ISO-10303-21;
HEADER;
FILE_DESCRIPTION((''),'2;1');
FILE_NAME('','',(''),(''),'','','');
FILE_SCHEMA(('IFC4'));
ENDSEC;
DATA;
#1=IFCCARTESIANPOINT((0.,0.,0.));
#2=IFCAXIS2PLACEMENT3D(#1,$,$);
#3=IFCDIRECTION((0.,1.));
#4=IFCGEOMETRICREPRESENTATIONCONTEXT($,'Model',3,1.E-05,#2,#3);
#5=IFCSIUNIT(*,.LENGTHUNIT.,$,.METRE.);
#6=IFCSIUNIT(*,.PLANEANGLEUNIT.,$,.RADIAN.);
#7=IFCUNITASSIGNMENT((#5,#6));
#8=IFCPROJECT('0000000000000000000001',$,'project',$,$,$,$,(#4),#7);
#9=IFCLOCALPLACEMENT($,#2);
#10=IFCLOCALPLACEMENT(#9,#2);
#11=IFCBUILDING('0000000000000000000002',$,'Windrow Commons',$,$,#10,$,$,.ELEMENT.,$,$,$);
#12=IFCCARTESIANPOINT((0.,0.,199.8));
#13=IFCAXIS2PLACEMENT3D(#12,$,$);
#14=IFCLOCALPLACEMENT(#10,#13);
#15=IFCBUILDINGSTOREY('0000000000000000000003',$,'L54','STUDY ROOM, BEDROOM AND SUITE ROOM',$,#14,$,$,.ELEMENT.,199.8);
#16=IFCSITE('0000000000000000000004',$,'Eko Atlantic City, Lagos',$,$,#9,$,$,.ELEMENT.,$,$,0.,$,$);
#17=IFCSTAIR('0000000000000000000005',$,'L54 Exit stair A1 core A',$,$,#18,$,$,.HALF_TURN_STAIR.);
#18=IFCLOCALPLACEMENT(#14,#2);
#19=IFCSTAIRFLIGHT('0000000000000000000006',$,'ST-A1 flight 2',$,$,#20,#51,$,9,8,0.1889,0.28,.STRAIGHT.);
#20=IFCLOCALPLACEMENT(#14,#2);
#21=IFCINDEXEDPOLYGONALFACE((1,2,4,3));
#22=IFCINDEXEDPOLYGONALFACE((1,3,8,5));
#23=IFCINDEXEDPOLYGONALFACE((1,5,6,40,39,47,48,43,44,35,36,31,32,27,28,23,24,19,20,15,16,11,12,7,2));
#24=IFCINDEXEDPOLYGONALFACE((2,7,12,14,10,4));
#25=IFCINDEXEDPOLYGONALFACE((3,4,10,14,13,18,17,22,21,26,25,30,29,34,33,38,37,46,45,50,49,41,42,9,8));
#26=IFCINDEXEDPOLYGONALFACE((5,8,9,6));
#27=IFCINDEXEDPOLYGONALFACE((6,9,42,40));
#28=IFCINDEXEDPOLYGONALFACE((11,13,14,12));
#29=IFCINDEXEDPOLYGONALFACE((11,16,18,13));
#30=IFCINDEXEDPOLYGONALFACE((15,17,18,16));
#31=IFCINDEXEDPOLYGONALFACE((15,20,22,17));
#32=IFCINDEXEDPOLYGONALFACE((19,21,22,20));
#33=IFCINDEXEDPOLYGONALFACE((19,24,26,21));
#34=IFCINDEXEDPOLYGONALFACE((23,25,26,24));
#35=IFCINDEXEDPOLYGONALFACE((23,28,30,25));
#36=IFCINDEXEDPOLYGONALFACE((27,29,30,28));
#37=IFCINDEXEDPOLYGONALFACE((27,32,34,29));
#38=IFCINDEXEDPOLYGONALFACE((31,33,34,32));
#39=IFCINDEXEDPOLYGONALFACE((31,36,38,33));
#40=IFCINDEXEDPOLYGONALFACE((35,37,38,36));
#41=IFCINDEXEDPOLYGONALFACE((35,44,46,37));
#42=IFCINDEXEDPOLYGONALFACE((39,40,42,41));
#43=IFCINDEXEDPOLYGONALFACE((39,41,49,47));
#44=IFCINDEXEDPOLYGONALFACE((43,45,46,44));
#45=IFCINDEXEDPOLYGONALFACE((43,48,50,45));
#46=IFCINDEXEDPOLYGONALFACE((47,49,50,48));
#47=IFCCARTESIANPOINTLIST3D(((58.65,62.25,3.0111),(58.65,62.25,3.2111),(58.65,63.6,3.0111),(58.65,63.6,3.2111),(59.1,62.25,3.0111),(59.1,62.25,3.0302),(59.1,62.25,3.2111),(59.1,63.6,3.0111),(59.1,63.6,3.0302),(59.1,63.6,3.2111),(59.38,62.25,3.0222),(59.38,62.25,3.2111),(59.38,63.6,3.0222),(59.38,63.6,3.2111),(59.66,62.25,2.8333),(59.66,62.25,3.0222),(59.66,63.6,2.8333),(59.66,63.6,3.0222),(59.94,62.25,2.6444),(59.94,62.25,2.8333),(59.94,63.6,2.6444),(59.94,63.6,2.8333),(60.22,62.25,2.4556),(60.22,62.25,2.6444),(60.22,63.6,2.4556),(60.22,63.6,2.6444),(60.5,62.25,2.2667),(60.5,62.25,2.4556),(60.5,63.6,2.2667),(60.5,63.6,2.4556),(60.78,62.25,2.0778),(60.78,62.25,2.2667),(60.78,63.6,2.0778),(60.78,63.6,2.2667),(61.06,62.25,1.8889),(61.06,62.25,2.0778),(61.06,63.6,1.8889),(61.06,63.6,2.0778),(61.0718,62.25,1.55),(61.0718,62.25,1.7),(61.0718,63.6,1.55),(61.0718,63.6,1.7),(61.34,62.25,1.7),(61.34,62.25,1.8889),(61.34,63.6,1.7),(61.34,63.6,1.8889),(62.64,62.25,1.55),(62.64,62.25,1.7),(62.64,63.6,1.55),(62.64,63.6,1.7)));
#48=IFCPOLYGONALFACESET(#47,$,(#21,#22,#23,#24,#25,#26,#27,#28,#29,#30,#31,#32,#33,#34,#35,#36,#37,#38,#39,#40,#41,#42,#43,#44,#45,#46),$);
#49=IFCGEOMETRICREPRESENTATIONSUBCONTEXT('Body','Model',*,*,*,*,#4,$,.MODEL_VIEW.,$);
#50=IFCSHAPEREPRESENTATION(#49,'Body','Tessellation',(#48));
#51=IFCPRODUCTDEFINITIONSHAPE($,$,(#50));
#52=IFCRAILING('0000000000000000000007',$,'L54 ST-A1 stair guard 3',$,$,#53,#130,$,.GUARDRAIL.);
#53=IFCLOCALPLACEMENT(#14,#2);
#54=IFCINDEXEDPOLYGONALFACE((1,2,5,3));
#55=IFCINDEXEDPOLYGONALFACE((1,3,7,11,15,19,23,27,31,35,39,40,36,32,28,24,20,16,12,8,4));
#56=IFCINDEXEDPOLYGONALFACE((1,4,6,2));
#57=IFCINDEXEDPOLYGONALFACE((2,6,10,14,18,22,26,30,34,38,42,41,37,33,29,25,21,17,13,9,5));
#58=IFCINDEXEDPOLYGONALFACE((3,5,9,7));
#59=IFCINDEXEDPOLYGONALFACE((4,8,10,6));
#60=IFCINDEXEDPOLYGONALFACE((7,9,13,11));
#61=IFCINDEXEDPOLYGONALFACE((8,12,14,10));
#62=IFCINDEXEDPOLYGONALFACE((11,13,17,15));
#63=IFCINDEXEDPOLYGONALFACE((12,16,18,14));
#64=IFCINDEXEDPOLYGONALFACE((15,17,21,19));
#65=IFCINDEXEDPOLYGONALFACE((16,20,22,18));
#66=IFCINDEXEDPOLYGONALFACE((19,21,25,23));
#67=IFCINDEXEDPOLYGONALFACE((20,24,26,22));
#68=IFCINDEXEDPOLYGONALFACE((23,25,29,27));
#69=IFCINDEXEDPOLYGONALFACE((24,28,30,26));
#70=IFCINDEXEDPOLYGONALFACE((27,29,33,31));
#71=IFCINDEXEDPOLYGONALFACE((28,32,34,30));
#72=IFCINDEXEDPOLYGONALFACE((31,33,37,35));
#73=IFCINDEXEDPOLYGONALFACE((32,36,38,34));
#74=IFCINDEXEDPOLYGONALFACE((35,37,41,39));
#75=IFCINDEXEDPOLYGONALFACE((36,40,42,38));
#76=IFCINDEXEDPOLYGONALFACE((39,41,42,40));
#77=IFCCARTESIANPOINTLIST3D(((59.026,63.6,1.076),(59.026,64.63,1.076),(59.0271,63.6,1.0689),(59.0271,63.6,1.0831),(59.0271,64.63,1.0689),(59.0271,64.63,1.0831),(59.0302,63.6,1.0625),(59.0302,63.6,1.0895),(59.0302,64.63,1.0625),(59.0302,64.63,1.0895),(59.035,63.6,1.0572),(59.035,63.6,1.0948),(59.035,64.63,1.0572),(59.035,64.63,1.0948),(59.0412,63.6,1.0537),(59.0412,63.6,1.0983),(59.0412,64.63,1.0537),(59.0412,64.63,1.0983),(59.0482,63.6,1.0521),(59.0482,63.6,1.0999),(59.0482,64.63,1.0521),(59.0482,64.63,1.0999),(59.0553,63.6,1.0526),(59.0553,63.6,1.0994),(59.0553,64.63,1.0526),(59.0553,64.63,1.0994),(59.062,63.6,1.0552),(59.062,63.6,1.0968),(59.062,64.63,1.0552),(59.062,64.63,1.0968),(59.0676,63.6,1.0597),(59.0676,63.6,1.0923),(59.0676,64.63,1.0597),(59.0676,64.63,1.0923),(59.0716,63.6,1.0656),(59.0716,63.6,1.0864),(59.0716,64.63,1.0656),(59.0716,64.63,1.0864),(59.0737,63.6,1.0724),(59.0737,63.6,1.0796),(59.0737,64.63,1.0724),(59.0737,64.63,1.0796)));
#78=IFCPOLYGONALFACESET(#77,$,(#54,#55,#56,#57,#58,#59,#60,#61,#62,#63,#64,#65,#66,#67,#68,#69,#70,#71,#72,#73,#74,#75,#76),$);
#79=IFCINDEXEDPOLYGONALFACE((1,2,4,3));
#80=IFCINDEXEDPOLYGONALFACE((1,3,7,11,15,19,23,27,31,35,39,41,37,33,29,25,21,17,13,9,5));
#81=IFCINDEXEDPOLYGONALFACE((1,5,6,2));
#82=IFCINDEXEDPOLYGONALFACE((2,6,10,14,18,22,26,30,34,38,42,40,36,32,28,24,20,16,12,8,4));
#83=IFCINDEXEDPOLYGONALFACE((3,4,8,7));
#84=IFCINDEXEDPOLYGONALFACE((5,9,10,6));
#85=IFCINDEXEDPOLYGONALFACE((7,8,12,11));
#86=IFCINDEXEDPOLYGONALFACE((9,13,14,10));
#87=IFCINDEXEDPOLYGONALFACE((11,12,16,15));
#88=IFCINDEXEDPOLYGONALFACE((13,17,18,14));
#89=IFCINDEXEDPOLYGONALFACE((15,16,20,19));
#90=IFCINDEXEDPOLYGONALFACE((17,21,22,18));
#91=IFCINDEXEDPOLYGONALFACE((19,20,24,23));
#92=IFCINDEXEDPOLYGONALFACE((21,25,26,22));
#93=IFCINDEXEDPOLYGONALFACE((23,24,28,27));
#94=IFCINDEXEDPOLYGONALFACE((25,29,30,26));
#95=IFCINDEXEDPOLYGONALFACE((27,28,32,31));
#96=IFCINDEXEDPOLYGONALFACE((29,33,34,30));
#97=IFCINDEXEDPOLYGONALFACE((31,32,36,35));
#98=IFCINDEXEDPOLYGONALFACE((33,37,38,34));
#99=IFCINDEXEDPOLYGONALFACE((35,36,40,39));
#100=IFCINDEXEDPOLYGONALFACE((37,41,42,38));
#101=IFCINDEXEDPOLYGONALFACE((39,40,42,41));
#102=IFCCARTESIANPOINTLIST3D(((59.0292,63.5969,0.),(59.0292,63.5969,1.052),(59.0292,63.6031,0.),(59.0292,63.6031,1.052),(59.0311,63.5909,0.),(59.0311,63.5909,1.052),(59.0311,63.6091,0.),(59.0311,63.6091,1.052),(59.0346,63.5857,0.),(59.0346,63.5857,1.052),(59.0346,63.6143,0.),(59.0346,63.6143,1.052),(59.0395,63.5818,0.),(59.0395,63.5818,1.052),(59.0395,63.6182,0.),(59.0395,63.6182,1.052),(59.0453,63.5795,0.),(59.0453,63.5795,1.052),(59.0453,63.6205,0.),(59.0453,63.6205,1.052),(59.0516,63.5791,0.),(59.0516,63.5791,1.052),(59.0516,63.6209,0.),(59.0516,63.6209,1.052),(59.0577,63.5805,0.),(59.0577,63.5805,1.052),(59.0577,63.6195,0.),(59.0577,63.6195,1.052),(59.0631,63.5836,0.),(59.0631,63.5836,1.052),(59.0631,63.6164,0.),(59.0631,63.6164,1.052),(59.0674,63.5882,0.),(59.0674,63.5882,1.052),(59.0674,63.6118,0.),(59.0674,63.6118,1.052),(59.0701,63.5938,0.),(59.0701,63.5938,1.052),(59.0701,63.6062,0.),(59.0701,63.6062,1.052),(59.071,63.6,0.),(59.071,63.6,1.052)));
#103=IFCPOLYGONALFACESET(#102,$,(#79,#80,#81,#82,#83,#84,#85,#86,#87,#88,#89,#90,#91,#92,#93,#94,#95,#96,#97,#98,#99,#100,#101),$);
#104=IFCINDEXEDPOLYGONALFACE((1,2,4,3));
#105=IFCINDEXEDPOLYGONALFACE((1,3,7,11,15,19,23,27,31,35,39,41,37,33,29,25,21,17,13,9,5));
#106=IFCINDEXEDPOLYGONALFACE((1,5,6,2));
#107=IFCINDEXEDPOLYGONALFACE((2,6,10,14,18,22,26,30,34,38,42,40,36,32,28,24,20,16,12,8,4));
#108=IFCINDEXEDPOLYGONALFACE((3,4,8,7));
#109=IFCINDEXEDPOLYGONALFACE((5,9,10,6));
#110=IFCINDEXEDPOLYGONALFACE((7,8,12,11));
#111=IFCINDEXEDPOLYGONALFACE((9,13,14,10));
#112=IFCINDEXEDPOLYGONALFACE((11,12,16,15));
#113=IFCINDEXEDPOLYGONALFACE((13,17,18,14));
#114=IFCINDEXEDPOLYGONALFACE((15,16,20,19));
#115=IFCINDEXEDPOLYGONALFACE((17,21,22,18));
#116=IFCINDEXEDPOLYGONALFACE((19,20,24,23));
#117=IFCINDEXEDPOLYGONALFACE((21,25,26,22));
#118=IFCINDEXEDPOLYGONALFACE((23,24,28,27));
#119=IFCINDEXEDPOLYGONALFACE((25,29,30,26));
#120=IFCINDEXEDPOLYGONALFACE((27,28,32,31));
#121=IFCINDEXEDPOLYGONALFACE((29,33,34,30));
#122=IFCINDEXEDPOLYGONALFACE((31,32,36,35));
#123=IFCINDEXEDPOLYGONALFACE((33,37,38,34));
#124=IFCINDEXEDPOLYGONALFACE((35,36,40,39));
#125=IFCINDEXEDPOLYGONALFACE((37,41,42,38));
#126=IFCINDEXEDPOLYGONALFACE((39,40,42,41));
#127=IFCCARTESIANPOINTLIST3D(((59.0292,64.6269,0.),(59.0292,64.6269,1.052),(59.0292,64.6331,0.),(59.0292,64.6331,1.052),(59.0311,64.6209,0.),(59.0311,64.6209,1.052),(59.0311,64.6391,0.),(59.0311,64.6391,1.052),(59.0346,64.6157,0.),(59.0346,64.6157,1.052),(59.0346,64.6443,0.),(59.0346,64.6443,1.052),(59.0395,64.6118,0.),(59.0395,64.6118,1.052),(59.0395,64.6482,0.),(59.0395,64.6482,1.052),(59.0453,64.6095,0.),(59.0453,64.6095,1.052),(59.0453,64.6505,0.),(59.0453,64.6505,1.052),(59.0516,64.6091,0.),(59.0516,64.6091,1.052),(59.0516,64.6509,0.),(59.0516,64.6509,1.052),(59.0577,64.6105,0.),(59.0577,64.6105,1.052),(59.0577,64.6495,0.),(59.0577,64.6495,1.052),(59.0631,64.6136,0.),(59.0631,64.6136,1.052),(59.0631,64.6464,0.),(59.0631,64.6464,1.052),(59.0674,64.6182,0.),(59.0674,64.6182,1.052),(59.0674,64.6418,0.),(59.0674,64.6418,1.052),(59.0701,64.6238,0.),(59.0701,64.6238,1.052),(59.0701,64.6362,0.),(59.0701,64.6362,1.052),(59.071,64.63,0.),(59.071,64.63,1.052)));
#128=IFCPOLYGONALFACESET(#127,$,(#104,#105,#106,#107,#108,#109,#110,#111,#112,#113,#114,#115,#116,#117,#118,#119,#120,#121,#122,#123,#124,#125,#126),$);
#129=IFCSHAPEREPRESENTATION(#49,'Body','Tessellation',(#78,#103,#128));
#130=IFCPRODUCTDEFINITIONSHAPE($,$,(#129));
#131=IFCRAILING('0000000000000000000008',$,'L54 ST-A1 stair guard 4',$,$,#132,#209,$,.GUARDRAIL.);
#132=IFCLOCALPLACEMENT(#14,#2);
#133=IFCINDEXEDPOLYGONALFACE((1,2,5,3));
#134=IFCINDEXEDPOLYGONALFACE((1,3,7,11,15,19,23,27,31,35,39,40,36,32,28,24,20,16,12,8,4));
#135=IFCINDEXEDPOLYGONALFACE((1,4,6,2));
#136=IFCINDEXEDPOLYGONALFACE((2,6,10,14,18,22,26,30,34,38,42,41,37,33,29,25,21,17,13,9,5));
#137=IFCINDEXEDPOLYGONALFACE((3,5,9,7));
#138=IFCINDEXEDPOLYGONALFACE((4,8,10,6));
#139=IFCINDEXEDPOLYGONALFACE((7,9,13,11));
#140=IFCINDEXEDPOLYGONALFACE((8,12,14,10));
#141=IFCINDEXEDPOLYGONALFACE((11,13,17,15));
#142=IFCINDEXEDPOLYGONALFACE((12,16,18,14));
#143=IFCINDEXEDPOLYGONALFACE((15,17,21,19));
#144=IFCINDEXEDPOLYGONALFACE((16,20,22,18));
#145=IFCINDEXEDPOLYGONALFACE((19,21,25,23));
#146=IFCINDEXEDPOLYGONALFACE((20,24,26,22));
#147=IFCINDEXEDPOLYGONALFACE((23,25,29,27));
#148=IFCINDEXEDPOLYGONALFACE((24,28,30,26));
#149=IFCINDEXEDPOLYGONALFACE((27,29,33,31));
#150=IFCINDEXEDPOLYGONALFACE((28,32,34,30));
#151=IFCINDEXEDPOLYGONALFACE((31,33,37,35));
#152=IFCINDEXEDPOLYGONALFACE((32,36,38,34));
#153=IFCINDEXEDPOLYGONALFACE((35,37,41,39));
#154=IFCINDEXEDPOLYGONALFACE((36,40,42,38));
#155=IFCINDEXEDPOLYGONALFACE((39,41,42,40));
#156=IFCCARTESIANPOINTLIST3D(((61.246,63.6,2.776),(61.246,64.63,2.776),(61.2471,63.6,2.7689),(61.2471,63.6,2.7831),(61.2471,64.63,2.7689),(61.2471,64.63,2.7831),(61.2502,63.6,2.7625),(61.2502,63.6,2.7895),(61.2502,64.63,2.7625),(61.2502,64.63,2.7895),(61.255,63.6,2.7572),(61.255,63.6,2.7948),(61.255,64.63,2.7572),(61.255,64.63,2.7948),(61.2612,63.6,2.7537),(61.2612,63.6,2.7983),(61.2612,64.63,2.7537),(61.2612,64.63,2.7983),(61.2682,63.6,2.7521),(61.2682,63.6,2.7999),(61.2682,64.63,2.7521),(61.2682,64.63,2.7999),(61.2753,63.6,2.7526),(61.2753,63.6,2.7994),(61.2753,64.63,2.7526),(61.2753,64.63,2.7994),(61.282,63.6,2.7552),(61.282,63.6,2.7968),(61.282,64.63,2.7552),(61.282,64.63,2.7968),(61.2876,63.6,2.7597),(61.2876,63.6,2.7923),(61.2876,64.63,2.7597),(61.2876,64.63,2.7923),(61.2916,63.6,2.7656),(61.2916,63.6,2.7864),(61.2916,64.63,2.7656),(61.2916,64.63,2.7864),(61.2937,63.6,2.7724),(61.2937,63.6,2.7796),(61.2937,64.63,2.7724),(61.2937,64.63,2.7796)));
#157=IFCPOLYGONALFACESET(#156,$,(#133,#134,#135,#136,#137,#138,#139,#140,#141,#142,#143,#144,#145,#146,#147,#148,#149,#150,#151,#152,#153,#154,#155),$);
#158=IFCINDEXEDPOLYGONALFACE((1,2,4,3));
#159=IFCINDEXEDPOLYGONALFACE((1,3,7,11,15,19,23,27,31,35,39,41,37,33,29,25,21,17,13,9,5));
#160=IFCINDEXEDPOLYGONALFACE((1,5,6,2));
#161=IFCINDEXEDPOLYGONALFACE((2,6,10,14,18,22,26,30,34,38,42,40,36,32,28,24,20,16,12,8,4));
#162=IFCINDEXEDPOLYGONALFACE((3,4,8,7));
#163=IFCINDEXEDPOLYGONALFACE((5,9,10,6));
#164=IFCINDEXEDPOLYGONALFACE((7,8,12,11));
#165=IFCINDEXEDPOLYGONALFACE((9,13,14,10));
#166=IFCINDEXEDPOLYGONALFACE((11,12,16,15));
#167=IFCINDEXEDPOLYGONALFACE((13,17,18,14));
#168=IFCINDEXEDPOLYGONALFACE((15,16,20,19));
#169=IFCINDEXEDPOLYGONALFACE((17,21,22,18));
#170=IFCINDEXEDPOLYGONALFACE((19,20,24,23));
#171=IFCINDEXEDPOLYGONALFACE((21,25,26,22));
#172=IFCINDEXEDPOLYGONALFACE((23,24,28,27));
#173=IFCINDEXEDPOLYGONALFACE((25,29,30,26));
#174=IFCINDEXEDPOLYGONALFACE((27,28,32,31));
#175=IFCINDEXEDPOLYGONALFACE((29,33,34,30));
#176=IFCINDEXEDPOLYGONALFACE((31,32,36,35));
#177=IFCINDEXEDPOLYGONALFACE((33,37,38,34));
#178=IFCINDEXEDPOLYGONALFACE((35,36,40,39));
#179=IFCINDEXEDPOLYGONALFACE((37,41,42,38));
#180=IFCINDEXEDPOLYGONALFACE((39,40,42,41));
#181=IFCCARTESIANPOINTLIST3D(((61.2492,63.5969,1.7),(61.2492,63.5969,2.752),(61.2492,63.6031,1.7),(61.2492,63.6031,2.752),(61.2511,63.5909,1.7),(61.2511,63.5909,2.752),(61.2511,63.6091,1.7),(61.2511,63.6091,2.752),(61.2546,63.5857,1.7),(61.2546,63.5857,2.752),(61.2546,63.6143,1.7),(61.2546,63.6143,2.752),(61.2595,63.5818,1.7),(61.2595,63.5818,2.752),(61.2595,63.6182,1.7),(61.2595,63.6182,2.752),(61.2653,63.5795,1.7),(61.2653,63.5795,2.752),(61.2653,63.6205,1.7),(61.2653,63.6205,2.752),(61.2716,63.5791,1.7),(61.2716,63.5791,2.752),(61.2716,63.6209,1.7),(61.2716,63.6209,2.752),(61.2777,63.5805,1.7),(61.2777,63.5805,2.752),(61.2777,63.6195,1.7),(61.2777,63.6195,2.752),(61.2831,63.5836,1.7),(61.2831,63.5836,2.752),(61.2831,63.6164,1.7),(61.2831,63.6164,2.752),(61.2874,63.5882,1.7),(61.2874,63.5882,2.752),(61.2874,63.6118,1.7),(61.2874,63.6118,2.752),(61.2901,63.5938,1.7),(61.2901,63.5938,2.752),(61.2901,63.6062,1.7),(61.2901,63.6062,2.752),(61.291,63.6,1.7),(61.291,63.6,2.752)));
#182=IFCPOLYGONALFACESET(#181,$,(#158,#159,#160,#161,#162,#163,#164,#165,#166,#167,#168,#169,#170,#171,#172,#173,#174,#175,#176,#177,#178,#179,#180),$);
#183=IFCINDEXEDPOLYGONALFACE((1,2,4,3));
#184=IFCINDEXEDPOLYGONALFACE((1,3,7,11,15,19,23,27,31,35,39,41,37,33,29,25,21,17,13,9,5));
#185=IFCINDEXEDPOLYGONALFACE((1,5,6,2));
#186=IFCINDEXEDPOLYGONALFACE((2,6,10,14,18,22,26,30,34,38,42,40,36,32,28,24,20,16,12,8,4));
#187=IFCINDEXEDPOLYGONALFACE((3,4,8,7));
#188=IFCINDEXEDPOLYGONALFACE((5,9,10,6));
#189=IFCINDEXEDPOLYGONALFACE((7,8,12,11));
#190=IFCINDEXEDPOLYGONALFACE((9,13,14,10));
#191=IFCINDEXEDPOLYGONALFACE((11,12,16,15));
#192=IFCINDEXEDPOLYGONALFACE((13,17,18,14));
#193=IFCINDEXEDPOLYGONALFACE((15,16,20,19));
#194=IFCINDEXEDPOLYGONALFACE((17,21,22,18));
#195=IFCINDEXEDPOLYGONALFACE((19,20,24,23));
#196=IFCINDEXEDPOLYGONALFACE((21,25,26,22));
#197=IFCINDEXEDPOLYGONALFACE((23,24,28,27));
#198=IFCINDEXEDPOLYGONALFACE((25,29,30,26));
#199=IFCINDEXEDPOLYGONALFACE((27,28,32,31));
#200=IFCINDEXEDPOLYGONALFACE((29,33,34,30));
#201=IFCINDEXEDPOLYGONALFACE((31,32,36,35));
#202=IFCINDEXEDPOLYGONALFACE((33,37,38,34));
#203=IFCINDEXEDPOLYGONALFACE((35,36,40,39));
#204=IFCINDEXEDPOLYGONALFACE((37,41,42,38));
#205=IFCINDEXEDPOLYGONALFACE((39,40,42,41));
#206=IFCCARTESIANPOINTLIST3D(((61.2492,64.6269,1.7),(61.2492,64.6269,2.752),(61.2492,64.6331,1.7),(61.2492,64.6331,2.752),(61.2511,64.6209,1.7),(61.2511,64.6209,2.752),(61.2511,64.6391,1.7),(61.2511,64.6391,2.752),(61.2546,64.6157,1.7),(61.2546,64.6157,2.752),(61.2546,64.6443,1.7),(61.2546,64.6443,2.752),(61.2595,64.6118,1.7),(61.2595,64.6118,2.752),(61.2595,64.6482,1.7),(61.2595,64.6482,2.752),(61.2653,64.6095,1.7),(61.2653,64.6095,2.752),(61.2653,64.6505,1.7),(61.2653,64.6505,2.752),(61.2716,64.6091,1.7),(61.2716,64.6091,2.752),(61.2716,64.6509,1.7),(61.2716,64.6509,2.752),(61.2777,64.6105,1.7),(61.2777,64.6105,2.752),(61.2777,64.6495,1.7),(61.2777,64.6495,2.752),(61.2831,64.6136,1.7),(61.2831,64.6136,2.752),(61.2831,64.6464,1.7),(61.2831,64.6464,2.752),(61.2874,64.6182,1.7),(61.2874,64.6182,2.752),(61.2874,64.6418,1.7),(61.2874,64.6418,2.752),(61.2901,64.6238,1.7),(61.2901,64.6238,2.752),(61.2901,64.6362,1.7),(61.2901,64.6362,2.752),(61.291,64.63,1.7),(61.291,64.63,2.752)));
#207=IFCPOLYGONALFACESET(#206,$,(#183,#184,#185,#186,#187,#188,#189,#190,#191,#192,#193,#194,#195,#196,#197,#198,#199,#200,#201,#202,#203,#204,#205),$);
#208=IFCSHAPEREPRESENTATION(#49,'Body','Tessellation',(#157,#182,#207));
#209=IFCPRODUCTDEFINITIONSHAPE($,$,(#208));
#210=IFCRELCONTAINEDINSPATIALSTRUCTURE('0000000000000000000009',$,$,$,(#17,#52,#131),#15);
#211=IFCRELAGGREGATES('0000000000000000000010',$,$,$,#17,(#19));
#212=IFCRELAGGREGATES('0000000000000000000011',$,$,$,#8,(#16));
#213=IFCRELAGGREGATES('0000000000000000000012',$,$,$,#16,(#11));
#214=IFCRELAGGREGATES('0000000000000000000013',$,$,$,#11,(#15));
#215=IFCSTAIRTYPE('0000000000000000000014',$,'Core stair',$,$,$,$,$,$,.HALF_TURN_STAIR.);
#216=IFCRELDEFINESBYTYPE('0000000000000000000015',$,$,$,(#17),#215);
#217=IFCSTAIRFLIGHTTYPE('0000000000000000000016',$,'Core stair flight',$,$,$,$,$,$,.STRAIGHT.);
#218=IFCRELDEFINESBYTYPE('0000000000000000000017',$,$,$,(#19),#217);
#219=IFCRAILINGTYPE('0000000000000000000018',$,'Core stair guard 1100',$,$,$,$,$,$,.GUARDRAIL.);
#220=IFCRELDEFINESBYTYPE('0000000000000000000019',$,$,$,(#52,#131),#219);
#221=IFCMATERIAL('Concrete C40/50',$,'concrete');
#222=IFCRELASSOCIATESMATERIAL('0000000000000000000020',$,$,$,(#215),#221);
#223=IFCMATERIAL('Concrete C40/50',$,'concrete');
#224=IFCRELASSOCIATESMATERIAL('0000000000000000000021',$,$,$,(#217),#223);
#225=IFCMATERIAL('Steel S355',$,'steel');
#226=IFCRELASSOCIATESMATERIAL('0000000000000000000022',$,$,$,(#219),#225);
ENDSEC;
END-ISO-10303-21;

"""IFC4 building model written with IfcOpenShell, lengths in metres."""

from ifc_helpers import new_model, si_unit, direction, frame, origin, origin_2d, place, context, subcontext, project, spatial, polyline, circle, outline, extrude, material, type_object, element, aggregate, save


model = new_model("IFC4")

# Units and contexts
model_context = context("Model", 3, precision=1e-05, world=origin(), true_north=direction((0.0, 1.0)))
body_context = subcontext(model_context, "Body", "Model", "MODEL_VIEW")
ifc_project = project(units=[si_unit("LENGTHUNIT", "METRE"), si_unit("PLANEANGLEUNIT", "RADIAN")], contexts=[model_context])

# Site, building, storey
site_placement = place(None, origin())
site = spatial("IfcSite", under=ifc_project, at=site_placement, Name="Eko Atlantic City, Lagos", CompositionType="ELEMENT", RefElevation=0.0)
building_placement = place(site_placement, origin())
building = spatial("IfcBuilding", under=site, at=building_placement, Name="Windrow Commons", CompositionType="ELEMENT")
storey_placement = place(building_placement, frame((0.0, 0.0, 199.8)))
storey = spatial("IfcBuildingStorey", under=building, at=storey_placement, Name="L54", Description="STUDY ROOM, BEDROOM AND SUITE ROOM", CompositionType="ELEMENT", Elevation=199.8)

# Stair, stair flight
ifc_material_1 = material(Name="Concrete C40/50", Category="concrete")
stair_type = type_object("IfcStairType", Name="Core stair", PredefinedType="HALF_TURN_STAIR", material=ifc_material_1)
stair_placement = place(storey_placement, origin())
stair = element("IfcStair", 1, at=stair_placement, inside=storey, type_object=stair_type, Name="L54 Exit stair A1 core A", PredefinedType="HALF_TURN_STAIR")
ifc_material_2 = material(Name="Concrete C40/50", Category="concrete")
stair_flight_type = type_object("IfcStairFlightType", Name="Core stair flight", PredefinedType="STRAIGHT", material=ifc_material_2)
stair_flight_placement = place(storey_placement, frame((61.34, 62.925, 1.7), z_axis=(0.0, 0.0, 1.0), x_axis=(-1.0, 0.0, 0.0)))
stair_flight = element("IfcStairFlight", 2, at=stair_flight_placement, type_object=stair_flight_type, Name="ST-A1 flight 2", NumberOfRisers=9, NumberOfTreads=8, PredefinedType="STRAIGHT", RiserHeight=0.1889, TreadLength=0.28, context=body_context, shape_type="SweptSolid", body=[
    extrude(outline(polyline([(-1.3, -0.15), (-1.3, 0.0), (0.0, 0.0), (0.0, 0.1889), (0.28, 0.1889), (0.28, 0.3778), (0.56, 0.3778), (0.56, 0.5667), (0.84, 0.5667), (0.84, 0.7556), (1.12, 0.7556), (1.12, 0.9444), (1.4, 0.9444), (1.4, 1.1333), (1.68, 1.1333), (1.68, 1.3222), (1.96, 1.3222), (1.96, 1.5111), (2.24, 1.5111), (2.69, 1.5111), (2.69, 1.3111), (2.24, 1.3111), (2.24, 1.3302), (0.2682, 0.0), (0.2682, -0.15), (-1.3, -0.15)])), frame((0.0, 0.675, 0.0), z_axis=(0.0, -1.0, 0.0), x_axis=(1.0, 0.0, 0.0)), (0.0, 0.0, 1.0), 1.35),
])
aggregate(stair, [stair_flight])

# Railings
ifc_material_3 = material(Name="Steel S355", Category="steel")
railing_type_1 = type_object("IfcRailingType", Name="Core stair guard 1100", PredefinedType="GUARDRAIL", material=ifc_material_3)
for number, where, name in (
    (3, (59.05, 63.6, 0.0), "L54 ST-A1 stair guard 3"),
    (4, (61.27, 63.6, 1.7), "L54 ST-A1 stair guard 4"),
):
    element("IfcRailing", number, at=place(storey_placement, frame(where)), inside=storey, type_object=railing_type_1, Name=name, PredefinedType="GUARDRAIL", context=body_context, shape_type="SweptSolid", body=[
        extrude(circle(Radius=0.024, at=origin_2d()), frame((0.0, 0.0, 1.076), z_axis=(0.0, 1.0, 0.0), x_axis=(-1.0, 0.0, 0.0)), (0.0, 0.0, 1.0), 1.03),
        extrude(circle(Radius=0.021, at=origin_2d()), origin(), (0.0, 0.0, 1.0), 1.052),
        extrude(circle(Radius=0.021, at=origin_2d()), frame((0.0, 1.03, 0.0)), (0.0, 0.0, 1.0), 1.052),
    ])

save(model, "model.ifc")
